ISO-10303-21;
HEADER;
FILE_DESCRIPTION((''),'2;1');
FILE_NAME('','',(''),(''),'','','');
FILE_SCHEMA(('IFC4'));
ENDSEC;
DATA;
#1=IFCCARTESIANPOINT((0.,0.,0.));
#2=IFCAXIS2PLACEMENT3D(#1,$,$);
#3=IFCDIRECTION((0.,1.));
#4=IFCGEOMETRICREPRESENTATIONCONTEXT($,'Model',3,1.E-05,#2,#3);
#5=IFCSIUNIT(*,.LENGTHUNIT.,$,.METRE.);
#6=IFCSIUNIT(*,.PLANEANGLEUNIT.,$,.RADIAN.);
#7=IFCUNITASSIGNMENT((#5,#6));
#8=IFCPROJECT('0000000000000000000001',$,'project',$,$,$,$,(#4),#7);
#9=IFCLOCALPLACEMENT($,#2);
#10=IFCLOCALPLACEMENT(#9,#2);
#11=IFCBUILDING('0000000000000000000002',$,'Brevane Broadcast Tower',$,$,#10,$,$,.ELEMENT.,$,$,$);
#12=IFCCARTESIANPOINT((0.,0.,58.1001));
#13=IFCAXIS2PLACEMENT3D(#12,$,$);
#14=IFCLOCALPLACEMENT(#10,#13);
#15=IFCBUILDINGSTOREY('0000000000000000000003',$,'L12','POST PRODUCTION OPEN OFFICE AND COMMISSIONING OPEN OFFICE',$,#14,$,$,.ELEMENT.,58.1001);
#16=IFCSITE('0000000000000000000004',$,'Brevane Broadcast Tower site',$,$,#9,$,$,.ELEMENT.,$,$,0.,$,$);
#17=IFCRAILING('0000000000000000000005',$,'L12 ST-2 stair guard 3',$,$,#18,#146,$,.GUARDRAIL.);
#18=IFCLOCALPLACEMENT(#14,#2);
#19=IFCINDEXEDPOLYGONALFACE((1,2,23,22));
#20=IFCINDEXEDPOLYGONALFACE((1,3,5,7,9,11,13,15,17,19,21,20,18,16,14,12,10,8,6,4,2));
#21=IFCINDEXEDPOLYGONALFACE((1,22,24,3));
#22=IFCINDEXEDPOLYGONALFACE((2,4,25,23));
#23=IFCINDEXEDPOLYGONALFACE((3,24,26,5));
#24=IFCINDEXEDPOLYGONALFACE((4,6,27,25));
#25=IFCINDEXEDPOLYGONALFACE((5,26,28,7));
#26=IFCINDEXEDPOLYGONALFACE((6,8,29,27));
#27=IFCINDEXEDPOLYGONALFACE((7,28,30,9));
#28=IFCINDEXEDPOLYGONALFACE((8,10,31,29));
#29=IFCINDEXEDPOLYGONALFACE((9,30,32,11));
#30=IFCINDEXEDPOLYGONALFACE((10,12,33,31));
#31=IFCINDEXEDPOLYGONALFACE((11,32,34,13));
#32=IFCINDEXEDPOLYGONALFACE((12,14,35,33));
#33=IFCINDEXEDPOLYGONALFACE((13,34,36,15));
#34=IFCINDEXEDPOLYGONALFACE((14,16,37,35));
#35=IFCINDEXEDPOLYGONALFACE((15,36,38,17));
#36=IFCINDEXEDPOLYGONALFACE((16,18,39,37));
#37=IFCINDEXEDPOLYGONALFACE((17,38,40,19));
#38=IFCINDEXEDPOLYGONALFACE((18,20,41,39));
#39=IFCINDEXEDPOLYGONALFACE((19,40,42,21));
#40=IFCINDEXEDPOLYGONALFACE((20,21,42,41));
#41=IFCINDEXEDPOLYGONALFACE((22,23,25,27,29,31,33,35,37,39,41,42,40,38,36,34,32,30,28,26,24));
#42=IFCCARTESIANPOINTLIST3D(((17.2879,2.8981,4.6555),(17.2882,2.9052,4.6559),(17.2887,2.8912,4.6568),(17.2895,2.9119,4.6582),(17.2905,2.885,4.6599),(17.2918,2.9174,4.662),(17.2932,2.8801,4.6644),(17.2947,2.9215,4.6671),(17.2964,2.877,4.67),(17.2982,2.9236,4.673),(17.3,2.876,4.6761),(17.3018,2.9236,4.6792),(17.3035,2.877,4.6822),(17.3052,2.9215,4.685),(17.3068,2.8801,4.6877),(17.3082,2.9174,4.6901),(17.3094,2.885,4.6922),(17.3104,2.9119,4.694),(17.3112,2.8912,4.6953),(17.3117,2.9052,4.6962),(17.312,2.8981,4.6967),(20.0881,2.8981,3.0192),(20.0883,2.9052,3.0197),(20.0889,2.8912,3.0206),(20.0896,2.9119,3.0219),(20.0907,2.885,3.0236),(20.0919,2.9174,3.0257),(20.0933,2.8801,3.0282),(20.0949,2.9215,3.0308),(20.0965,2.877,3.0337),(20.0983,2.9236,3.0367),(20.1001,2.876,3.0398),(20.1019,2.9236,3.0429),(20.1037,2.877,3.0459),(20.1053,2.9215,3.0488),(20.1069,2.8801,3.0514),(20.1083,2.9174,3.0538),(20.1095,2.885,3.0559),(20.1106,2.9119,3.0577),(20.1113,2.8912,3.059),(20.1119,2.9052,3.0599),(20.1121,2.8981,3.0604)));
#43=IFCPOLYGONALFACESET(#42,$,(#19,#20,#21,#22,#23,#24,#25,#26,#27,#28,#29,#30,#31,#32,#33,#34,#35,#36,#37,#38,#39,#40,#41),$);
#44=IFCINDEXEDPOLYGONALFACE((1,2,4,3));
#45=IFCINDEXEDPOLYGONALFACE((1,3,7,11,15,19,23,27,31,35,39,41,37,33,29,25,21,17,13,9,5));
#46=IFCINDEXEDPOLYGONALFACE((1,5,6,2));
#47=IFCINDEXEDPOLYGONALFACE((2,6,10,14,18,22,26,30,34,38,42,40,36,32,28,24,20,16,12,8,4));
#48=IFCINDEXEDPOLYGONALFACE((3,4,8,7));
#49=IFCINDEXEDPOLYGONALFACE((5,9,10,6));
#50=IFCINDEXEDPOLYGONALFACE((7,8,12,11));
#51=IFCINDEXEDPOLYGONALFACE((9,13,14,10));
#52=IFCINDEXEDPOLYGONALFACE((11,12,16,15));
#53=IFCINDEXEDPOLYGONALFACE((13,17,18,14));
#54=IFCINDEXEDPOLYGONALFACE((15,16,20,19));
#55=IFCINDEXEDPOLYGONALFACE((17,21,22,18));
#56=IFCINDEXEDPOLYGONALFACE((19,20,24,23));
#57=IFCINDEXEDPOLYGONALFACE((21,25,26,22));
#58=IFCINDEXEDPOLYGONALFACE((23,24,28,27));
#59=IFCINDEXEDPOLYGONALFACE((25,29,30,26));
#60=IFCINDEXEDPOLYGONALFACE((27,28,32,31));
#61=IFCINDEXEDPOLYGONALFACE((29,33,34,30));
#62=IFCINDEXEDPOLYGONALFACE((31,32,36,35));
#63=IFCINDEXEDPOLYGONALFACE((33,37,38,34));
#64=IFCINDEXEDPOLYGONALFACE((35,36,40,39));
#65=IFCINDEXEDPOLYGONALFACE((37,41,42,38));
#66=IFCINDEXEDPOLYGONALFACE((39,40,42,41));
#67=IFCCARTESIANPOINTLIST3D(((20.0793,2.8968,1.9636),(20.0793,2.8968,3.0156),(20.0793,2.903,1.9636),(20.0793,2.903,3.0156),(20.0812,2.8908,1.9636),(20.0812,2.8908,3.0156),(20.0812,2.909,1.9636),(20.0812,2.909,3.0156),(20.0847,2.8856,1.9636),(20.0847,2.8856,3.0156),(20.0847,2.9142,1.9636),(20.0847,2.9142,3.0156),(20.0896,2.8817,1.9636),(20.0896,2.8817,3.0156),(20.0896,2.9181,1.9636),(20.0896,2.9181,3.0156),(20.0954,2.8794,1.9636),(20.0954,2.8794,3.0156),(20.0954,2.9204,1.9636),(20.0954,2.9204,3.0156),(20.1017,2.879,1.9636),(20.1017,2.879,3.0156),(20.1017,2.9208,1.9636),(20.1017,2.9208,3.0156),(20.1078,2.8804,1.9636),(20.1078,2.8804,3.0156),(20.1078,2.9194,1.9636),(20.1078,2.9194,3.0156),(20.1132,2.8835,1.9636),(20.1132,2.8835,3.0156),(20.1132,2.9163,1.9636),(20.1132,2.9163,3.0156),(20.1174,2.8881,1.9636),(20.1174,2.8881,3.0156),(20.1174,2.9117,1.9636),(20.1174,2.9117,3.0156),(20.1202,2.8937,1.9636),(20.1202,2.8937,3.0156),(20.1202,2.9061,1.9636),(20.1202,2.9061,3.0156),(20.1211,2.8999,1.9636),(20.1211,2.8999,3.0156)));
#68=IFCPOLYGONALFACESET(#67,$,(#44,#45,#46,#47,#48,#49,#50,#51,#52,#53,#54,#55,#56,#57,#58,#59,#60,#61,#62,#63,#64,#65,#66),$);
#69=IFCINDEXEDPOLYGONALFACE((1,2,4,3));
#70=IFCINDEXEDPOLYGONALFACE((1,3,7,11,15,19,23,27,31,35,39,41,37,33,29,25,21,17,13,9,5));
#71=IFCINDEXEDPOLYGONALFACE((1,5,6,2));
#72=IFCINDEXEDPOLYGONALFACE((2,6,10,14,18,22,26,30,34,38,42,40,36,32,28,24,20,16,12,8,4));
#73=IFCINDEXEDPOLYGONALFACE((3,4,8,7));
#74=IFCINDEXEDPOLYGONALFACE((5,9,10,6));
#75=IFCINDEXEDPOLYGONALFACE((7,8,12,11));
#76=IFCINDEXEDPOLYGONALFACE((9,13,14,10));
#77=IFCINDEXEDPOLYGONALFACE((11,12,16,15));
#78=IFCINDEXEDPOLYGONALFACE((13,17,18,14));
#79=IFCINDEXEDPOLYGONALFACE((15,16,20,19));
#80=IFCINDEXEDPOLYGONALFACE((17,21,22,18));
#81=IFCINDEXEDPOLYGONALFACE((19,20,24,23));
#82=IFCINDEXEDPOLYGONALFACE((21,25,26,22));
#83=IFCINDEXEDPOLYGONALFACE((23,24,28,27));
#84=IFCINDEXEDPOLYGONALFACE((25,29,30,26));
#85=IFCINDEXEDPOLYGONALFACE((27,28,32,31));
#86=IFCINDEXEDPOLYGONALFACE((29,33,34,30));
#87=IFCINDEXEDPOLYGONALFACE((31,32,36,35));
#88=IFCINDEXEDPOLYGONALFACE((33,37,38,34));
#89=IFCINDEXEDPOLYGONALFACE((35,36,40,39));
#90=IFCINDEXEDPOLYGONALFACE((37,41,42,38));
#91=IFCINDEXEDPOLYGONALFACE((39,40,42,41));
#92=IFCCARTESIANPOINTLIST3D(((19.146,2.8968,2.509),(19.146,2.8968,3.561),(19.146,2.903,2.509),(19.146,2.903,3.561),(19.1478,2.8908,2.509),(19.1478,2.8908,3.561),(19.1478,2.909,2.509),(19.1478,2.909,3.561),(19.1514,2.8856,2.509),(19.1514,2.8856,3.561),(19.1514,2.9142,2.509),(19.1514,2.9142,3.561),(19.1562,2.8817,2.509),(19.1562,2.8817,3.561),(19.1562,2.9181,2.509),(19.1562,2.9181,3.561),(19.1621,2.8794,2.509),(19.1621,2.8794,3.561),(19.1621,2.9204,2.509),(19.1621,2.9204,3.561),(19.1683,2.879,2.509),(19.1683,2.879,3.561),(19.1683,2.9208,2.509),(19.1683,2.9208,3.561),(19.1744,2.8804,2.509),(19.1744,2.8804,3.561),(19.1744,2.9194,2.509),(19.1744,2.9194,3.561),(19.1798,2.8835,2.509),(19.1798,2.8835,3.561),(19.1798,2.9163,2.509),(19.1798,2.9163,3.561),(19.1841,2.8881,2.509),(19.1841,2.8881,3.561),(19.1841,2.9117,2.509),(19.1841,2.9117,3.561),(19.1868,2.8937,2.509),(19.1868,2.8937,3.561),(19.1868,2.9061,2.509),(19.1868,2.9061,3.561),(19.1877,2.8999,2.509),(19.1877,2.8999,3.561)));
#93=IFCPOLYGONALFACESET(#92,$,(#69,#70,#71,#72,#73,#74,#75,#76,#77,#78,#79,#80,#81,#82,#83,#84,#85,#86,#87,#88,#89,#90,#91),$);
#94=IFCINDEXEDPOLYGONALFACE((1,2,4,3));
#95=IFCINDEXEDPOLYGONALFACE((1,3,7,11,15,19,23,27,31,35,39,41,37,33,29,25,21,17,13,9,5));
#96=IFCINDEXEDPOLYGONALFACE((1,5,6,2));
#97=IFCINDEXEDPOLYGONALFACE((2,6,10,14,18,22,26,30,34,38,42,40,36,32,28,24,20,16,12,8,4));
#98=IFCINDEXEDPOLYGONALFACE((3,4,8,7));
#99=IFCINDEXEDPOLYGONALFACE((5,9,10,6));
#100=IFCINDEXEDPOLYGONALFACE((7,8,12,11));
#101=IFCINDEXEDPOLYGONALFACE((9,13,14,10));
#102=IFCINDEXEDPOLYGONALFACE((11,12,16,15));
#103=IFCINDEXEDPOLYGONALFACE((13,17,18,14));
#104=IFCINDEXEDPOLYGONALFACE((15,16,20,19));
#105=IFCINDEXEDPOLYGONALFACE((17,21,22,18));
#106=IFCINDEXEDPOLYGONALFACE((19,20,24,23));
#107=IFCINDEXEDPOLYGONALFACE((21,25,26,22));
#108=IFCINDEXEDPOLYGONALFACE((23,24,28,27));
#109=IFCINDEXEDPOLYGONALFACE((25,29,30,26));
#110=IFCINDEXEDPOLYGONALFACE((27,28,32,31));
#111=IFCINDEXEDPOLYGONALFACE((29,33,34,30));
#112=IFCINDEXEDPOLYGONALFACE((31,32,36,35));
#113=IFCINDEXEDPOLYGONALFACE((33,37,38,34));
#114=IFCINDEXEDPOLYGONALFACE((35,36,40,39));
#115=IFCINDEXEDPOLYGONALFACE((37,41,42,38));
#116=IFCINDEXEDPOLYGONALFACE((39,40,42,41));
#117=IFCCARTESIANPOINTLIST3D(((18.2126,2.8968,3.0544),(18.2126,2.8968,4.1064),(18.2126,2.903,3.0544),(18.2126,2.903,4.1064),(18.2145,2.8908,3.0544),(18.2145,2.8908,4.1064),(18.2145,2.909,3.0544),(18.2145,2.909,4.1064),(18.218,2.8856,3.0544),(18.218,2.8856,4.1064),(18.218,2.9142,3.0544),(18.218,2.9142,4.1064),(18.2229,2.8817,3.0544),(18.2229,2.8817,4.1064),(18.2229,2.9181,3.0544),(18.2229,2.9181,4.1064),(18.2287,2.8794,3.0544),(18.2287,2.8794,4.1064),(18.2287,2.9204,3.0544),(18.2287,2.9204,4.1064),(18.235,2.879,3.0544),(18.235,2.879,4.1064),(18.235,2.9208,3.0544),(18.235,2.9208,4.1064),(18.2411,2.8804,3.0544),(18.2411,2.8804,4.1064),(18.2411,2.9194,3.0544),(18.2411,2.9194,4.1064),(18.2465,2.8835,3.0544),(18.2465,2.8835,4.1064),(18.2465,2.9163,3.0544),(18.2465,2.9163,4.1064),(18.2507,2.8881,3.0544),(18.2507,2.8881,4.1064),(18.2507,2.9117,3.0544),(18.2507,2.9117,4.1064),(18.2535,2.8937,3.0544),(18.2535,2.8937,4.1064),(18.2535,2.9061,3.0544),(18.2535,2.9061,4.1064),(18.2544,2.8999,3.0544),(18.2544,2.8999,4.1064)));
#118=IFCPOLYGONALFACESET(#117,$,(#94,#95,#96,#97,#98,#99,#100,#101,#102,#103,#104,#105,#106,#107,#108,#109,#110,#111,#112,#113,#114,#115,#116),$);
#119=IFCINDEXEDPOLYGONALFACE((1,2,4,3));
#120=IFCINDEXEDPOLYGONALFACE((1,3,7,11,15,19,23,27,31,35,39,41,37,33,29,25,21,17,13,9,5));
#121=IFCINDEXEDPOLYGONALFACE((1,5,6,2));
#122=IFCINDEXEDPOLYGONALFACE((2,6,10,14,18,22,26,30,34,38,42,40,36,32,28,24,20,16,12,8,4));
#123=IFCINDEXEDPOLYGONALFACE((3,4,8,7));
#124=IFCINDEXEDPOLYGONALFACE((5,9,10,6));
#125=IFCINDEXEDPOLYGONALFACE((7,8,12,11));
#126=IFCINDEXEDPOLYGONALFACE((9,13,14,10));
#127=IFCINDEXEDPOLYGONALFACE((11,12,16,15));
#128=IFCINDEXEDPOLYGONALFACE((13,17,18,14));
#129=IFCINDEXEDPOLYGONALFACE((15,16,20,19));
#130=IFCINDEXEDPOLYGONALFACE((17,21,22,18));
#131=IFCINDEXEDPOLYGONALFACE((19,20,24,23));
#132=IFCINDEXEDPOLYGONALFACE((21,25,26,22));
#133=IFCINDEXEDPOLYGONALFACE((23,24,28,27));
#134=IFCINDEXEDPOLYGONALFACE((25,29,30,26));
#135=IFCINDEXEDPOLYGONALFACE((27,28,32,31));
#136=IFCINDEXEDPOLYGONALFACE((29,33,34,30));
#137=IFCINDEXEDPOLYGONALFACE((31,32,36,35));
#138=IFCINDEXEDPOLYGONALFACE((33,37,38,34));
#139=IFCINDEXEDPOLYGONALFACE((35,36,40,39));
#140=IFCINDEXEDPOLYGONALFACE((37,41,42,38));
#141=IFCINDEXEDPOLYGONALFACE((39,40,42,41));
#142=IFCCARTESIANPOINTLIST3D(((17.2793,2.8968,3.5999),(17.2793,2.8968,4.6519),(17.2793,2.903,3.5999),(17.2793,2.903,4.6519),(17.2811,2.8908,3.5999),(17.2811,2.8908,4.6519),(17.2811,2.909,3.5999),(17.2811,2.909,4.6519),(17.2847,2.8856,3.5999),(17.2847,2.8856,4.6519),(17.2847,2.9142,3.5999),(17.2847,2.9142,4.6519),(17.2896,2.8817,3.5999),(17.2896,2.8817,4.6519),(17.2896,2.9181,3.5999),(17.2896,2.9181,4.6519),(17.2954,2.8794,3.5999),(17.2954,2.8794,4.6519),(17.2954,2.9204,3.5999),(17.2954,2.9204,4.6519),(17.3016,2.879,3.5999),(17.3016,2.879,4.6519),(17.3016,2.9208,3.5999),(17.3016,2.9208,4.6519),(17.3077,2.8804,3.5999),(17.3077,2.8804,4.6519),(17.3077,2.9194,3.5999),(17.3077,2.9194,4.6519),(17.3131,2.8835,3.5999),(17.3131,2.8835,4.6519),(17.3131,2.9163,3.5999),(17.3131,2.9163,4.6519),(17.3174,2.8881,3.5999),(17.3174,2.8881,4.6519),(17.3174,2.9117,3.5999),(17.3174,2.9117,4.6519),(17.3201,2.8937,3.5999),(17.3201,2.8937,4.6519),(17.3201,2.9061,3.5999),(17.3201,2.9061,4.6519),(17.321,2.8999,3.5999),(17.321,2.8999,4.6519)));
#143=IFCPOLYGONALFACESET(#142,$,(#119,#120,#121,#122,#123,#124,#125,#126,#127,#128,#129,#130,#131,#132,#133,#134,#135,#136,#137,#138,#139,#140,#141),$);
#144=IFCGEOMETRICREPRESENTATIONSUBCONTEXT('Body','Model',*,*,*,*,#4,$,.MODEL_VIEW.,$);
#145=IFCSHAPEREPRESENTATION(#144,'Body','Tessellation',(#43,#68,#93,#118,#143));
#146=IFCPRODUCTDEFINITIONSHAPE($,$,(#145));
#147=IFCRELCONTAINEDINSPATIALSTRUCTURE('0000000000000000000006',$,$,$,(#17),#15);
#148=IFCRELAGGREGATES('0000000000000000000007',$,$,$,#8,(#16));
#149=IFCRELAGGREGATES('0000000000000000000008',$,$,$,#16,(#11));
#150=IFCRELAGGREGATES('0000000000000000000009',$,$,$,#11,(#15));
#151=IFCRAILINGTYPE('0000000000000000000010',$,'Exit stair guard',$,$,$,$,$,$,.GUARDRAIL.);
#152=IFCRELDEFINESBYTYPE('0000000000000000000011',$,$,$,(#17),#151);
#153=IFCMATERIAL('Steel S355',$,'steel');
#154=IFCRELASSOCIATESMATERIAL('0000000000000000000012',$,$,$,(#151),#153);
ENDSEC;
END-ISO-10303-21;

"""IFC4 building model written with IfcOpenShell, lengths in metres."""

from ifc_helpers import new_model, si_unit, direction, frame, origin, origin_2d, place, context, subcontext, project, spatial, circle, extrude, material, type_object, element, save


model = new_model("IFC4")

# Units and contexts
model_context = context("Model", 3, precision=1e-05, world=origin(), true_north=direction((0.0, 1.0)))
body_context = subcontext(model_context, "Body", "Model", "MODEL_VIEW")
ifc_project = project(units=[si_unit("LENGTHUNIT", "METRE"), si_unit("PLANEANGLEUNIT", "RADIAN")], contexts=[model_context])

# Site, building, storey
site_placement = place(None, origin())
site = spatial("IfcSite", under=ifc_project, at=site_placement, Name="Brevane Broadcast Tower site", CompositionType="ELEMENT", RefElevation=0.0)
building_placement = place(site_placement, origin())
building = spatial("IfcBuilding", under=site, at=building_placement, Name="Brevane Broadcast Tower", CompositionType="ELEMENT")
storey_placement = place(building_placement, frame((0.0, 0.0, 58.1001)))
storey = spatial("IfcBuildingStorey", under=building, at=storey_placement, Name="L12", Description="POST PRODUCTION OPEN OFFICE AND COMMISSIONING OPEN OFFICE", CompositionType="ELEMENT", Elevation=58.1001)

# Railing
ifc_material_1 = material(Name="Steel S355", Category="steel")
railing_type_1 = type_object("IfcRailingType", Name="Exit stair guard", PredefinedType="GUARDRAIL", material=ifc_material_1)
railing_1_placement = place(storey_placement, frame((20.1001, 2.8999, 1.9636)))
element("IfcRailing", 1, at=railing_1_placement, inside=storey, type_object=railing_type_1, Name="L12 ST-2 stair guard 3", PredefinedType="GUARDRAIL", context=body_context, shape_type="SweptSolid", body=[
    extrude(circle(Radius=0.0239, at=origin_2d()), frame((0.0, 0.0, 1.0762), z_axis=(-0.863394, 0.0, 0.504531), x_axis=(0.0, -1.0, 0.0)), (0.0, 0.0, 1.0), 3.2432),
    extrude(circle(Radius=0.021, at=origin_2d()), origin(), (0.0, 0.0, 1.0), 1.052),
    extrude(circle(Radius=0.021, at=origin_2d()), frame((-0.9333, 0.0, 0.5454)), (0.0, 0.0, 1.0), 1.052),
    extrude(circle(Radius=0.021, at=origin_2d()), frame((-1.8667, 0.0, 1.0908)), (0.0, 0.0, 1.0), 1.052),
    extrude(circle(Radius=0.021, at=origin_2d()), frame((-2.8, 0.0, 1.6362)), (0.0, 0.0, 1.0), 1.052),
])

save(model, "model.ifc")
